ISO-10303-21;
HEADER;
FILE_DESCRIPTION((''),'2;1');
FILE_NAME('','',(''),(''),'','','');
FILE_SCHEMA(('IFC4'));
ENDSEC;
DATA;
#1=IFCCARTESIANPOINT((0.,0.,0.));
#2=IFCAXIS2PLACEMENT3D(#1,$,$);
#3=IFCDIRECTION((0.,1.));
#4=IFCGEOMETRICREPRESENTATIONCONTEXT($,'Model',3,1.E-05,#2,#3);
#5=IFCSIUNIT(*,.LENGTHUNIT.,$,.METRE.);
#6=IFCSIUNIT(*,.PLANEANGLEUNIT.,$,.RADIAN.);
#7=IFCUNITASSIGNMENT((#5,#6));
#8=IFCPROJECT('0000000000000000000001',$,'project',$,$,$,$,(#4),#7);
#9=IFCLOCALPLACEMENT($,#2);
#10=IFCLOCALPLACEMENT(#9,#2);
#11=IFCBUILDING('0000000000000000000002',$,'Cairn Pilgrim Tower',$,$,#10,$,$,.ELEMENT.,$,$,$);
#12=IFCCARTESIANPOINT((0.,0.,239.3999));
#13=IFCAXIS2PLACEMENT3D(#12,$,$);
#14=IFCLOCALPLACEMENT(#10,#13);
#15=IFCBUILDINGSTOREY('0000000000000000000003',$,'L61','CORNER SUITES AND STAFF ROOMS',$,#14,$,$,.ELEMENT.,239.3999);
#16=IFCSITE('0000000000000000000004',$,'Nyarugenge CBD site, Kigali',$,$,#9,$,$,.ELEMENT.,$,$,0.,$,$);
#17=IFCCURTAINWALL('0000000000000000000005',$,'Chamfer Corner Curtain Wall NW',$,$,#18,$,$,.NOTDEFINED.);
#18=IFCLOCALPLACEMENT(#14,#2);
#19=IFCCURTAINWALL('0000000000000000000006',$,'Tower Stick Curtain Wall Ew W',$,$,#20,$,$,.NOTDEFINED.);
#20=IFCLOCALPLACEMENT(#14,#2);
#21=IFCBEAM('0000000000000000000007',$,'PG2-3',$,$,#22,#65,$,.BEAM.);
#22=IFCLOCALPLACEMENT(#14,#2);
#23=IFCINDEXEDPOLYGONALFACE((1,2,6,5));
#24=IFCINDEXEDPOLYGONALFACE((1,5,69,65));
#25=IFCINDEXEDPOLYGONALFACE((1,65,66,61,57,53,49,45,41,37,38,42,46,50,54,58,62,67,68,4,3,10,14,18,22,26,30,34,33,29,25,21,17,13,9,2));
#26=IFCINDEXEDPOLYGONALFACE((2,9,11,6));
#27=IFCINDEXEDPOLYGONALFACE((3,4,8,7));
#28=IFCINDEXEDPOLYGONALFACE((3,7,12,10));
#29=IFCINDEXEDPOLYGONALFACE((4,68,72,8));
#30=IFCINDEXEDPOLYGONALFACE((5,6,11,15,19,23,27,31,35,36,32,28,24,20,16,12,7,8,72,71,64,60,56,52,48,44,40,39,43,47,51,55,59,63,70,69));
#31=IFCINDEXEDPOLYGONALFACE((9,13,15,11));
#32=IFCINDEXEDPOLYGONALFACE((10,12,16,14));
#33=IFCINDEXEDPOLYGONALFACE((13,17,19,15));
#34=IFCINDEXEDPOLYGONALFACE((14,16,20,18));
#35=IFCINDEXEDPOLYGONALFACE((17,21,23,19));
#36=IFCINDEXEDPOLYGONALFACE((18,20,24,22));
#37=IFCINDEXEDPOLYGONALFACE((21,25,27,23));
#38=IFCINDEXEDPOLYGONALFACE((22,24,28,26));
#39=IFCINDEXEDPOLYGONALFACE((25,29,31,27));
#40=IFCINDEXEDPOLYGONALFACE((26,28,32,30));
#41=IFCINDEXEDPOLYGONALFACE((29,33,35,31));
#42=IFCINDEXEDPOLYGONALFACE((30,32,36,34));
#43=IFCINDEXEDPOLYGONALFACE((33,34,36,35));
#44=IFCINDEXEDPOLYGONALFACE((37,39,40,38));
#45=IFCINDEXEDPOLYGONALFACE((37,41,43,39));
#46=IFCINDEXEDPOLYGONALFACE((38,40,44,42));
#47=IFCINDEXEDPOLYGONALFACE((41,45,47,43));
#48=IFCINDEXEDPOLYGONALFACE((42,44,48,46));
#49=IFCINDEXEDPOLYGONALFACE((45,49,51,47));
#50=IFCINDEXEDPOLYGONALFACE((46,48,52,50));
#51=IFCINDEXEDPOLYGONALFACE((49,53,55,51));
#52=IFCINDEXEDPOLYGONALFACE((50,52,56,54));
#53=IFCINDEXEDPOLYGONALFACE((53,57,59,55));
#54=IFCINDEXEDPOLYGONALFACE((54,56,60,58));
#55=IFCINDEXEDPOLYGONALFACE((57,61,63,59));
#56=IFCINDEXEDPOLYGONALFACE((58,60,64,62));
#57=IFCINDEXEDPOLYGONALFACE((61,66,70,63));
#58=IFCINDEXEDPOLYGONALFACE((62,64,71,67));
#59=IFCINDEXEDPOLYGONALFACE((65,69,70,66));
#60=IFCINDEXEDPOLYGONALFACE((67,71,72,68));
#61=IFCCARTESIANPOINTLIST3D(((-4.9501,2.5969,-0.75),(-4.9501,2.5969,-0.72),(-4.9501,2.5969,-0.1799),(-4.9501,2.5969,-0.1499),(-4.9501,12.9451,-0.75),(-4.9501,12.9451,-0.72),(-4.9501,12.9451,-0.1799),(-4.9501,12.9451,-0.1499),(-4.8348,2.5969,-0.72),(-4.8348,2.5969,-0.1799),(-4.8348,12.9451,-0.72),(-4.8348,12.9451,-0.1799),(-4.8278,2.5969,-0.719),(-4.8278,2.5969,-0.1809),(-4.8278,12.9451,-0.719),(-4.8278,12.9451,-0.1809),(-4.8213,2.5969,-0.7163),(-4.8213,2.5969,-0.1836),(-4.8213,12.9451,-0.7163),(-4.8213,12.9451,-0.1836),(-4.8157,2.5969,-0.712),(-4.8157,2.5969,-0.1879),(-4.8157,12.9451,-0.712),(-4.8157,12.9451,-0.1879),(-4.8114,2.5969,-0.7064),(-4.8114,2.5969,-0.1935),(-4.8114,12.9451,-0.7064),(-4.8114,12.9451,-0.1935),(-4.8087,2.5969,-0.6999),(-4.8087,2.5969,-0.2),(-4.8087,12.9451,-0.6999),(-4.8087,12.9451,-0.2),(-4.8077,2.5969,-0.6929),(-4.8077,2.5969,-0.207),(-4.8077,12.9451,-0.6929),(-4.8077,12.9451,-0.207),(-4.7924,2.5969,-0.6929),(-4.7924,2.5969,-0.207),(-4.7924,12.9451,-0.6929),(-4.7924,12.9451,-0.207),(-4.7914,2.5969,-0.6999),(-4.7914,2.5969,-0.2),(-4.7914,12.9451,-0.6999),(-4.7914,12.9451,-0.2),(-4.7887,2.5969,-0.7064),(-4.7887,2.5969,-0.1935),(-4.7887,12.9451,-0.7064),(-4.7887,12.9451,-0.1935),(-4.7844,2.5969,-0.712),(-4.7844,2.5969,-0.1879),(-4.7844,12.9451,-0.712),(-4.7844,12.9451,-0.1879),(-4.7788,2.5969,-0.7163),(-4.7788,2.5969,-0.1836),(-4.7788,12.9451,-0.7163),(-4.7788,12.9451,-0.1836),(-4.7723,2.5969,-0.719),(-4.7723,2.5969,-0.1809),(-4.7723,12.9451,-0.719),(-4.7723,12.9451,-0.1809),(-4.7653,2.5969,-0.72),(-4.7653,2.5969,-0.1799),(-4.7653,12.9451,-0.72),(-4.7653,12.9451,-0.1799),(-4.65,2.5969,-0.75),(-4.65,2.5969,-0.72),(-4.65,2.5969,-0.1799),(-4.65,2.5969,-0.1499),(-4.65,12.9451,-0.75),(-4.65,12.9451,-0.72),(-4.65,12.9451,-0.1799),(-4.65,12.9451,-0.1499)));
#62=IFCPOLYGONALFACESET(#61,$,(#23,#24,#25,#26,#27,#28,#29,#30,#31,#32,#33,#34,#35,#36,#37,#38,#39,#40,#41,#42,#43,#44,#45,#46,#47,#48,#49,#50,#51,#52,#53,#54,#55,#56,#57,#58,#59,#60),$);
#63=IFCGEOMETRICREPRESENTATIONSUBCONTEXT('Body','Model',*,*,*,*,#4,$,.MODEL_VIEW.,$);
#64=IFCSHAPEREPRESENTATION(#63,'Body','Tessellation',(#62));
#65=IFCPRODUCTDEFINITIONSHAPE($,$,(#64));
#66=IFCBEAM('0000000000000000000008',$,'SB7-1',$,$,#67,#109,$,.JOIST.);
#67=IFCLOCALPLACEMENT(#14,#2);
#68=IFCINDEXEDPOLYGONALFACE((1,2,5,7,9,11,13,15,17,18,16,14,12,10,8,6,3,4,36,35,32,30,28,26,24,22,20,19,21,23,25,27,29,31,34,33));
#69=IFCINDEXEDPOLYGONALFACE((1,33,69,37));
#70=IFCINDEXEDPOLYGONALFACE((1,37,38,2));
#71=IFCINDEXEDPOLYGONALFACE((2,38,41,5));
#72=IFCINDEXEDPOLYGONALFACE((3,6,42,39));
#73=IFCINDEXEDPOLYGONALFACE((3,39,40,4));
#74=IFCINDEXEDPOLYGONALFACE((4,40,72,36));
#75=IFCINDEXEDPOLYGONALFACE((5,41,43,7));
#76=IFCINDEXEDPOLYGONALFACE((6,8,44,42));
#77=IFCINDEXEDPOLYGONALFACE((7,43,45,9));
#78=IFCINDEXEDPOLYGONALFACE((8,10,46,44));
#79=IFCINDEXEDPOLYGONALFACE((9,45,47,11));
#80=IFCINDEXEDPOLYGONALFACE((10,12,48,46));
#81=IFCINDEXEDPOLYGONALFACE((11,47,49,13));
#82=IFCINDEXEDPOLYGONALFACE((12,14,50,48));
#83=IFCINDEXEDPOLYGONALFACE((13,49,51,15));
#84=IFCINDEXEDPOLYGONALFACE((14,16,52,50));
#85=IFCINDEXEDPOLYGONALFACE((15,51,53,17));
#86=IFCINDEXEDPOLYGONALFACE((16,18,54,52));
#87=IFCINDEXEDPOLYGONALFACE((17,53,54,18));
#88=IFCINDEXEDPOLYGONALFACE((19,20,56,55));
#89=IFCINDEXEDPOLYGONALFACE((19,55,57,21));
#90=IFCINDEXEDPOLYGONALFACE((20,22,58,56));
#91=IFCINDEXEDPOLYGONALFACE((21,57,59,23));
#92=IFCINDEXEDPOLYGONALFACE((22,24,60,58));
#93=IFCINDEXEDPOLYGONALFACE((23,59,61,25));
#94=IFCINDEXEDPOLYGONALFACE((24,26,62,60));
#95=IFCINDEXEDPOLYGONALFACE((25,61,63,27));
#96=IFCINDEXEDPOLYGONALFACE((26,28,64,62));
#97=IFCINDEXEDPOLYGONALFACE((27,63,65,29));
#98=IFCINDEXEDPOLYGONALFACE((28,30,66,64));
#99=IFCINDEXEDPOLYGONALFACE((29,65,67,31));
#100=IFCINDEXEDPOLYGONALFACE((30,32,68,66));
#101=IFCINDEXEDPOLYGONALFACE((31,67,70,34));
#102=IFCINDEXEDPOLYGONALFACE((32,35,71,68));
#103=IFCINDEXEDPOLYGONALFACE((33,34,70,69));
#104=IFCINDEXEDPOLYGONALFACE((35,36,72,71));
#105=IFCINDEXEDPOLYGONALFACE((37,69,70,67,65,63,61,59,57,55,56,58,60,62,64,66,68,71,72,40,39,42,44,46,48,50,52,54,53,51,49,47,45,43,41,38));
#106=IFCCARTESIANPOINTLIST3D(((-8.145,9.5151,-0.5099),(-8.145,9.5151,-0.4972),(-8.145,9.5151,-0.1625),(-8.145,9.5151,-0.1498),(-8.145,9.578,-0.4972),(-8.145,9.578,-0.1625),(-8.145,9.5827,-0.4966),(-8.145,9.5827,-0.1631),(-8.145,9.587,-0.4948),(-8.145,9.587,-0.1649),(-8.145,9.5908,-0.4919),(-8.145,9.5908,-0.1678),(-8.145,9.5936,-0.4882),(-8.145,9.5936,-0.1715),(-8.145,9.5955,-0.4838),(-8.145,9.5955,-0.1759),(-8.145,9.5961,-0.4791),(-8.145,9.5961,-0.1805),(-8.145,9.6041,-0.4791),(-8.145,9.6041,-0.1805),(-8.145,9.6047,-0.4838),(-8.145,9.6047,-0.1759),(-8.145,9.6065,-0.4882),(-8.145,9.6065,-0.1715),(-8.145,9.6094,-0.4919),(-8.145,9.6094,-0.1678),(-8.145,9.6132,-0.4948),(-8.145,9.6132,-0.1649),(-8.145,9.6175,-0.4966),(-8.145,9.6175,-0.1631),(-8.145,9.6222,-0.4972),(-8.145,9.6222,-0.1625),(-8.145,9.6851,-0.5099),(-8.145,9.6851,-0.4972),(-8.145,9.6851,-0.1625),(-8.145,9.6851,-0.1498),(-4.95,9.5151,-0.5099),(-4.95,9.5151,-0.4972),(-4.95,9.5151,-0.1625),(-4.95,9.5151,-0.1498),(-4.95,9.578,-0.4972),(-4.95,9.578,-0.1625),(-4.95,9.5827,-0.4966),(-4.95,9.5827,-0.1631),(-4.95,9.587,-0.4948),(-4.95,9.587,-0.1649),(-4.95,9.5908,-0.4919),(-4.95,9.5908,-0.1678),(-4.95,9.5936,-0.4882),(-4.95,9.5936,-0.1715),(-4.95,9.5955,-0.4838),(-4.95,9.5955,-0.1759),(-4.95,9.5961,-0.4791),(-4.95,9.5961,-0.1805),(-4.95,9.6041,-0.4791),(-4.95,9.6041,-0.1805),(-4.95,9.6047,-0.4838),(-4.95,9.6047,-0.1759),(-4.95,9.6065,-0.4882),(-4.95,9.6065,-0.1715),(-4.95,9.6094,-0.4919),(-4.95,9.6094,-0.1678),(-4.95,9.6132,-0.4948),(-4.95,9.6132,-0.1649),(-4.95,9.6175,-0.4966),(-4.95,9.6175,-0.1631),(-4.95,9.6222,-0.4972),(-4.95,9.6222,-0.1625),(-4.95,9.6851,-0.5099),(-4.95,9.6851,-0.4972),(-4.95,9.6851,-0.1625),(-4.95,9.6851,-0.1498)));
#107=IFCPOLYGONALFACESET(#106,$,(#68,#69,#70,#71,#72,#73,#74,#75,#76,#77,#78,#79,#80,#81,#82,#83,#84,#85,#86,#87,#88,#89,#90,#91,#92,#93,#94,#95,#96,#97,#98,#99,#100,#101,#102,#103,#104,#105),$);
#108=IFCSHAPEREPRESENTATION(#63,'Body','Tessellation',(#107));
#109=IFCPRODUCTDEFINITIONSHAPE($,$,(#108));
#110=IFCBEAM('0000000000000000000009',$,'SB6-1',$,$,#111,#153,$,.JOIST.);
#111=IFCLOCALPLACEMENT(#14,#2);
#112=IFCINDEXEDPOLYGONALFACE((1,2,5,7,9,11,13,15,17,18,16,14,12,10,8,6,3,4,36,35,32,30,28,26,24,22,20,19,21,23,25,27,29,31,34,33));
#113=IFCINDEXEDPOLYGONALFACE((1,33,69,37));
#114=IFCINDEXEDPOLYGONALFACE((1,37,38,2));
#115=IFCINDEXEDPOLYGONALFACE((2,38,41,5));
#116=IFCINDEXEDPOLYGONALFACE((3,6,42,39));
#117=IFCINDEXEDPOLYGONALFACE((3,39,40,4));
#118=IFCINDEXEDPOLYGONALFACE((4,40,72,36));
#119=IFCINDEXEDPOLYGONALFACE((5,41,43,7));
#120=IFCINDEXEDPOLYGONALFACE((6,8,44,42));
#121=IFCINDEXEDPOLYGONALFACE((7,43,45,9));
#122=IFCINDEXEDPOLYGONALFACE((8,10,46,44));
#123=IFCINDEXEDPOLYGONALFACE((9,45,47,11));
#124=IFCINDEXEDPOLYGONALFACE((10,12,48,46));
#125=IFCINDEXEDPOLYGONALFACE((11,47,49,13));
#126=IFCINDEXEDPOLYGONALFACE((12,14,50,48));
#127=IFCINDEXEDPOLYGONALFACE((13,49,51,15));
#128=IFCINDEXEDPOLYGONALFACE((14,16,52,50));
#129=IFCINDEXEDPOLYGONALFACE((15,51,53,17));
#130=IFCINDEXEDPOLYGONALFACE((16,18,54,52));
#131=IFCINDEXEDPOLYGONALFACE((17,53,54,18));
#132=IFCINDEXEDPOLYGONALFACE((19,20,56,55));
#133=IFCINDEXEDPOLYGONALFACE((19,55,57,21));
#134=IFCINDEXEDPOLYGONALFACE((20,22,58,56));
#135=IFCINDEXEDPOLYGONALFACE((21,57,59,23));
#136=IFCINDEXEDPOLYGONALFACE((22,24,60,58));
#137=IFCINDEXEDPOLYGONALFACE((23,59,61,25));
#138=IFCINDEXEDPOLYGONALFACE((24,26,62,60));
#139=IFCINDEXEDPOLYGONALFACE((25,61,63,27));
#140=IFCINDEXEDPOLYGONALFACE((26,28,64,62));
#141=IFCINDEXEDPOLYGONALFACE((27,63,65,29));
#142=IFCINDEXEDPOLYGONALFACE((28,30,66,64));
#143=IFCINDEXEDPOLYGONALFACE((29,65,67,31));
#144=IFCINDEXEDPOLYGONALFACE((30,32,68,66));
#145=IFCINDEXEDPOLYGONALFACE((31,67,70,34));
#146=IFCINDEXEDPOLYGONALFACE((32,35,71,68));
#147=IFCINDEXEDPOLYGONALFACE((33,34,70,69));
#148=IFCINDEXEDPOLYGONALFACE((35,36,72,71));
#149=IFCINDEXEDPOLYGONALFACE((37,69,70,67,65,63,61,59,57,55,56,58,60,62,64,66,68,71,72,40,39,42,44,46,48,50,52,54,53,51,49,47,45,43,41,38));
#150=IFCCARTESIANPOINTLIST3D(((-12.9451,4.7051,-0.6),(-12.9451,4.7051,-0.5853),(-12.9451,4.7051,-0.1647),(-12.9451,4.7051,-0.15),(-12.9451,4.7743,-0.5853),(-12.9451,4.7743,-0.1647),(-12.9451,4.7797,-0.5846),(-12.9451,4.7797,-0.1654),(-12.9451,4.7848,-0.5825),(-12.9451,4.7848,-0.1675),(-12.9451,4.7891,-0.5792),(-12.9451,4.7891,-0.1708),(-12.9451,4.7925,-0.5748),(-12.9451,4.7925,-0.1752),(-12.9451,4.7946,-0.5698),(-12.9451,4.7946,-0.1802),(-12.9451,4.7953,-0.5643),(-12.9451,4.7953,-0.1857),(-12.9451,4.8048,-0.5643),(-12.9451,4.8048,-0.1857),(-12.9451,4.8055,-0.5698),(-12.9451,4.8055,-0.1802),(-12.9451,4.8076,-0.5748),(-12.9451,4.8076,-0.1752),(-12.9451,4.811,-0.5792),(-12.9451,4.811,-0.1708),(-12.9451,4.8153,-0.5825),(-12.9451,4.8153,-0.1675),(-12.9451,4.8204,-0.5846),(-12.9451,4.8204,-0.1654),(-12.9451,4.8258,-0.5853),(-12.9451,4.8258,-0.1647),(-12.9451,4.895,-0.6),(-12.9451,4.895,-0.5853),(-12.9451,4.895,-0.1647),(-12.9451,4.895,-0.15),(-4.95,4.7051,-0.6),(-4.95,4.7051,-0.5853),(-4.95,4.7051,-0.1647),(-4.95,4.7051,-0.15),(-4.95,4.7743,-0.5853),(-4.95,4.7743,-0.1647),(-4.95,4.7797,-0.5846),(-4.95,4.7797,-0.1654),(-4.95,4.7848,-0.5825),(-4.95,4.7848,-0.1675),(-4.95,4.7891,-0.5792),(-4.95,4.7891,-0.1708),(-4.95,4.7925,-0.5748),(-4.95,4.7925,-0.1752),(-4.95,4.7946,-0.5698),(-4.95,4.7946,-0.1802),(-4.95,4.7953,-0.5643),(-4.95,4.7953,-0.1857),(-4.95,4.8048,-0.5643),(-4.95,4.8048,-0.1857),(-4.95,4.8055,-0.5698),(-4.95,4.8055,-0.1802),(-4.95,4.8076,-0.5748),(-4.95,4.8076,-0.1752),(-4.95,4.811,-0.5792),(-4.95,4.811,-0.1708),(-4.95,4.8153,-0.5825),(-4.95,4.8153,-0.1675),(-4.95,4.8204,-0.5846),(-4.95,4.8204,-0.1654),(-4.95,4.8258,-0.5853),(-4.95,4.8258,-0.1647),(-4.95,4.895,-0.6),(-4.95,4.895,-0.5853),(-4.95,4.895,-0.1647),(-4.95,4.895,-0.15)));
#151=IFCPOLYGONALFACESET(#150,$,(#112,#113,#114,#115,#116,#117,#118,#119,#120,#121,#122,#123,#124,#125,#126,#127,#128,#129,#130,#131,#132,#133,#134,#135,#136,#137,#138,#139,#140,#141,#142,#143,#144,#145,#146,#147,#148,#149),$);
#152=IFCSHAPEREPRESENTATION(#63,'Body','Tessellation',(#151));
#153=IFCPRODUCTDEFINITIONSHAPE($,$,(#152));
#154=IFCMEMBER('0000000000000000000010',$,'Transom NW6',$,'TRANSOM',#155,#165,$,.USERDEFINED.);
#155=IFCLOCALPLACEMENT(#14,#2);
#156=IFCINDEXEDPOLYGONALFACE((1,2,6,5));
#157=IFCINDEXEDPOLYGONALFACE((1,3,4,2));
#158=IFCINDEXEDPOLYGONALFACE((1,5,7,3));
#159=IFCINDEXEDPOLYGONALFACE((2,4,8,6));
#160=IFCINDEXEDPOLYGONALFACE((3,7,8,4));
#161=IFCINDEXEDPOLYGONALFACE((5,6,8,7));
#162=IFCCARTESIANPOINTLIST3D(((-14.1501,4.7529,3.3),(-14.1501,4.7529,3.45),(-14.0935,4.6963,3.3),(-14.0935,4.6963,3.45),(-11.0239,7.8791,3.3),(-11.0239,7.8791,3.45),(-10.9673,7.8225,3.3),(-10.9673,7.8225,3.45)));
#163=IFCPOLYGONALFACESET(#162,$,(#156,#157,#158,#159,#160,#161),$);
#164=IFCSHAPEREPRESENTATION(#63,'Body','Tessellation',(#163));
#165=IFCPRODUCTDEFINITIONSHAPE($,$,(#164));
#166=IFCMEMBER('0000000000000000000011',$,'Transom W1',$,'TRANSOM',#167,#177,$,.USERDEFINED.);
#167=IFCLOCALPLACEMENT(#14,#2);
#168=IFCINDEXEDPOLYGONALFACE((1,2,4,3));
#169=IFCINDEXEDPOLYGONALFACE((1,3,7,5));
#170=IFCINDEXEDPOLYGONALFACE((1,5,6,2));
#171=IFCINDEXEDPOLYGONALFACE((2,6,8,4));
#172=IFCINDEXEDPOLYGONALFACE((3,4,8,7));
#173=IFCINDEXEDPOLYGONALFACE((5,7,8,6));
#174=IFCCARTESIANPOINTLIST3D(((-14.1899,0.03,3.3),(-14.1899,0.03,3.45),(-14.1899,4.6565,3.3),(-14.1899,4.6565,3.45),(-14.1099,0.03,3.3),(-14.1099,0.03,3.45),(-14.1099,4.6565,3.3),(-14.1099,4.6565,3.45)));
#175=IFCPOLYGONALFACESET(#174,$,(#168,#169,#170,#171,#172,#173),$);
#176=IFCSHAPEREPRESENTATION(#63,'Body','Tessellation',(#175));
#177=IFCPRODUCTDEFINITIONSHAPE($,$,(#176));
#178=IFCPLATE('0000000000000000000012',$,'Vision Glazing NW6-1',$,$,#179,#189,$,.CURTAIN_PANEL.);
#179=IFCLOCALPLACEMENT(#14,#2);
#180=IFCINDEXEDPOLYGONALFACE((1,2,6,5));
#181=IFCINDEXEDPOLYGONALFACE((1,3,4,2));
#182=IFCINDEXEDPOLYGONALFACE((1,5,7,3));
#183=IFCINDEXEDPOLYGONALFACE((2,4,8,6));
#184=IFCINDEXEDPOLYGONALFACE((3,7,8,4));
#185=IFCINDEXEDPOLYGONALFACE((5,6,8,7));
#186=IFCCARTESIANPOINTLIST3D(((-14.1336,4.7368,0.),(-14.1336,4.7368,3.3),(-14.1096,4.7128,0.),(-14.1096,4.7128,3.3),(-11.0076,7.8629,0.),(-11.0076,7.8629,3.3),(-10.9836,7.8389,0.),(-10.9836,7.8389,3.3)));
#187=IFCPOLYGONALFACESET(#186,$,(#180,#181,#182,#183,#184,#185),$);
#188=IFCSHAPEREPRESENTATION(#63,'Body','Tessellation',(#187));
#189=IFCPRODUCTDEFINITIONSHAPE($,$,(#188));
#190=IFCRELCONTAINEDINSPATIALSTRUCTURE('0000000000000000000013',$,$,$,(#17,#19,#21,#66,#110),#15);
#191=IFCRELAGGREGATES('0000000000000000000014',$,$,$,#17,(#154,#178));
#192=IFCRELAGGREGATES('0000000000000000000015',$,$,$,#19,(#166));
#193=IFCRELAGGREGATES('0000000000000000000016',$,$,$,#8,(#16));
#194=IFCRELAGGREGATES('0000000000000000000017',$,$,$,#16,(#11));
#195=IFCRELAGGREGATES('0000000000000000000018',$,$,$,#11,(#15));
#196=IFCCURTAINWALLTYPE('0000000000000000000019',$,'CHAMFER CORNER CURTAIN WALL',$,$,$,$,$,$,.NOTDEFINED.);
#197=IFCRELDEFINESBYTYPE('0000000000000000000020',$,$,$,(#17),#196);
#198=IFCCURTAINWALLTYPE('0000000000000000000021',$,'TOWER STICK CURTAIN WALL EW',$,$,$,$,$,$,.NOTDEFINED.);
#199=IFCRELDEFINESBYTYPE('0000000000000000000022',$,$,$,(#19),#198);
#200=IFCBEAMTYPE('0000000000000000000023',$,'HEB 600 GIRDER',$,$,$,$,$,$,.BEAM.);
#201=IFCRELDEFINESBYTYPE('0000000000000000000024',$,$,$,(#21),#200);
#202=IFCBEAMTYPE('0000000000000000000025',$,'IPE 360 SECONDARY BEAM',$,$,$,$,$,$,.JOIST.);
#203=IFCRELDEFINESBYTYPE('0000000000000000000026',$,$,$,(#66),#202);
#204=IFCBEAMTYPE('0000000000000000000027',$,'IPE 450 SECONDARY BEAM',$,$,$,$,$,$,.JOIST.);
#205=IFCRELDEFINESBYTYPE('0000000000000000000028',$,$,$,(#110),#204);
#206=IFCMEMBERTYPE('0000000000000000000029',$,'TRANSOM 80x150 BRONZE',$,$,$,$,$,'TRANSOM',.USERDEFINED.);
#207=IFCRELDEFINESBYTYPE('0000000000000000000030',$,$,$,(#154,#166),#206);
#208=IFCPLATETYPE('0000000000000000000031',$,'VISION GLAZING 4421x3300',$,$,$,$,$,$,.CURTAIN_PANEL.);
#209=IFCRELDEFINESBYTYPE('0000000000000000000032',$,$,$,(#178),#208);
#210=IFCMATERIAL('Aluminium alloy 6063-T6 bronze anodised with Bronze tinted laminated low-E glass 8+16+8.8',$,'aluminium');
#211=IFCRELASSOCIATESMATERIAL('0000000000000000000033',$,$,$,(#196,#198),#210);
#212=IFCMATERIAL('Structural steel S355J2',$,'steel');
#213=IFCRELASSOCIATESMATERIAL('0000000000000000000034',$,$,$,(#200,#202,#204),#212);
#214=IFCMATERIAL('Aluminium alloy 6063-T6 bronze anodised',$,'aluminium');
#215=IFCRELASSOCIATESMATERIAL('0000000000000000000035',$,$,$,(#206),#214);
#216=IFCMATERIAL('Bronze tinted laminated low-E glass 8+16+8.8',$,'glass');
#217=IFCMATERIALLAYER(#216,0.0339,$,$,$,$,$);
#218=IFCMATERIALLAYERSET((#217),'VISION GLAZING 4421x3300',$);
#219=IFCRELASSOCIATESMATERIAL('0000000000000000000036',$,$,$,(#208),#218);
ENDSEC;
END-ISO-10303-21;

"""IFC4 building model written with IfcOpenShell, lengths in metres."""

from ifc_helpers import new_model, si_unit, direction, frame, origin, origin_2d, place, context, subcontext, project, spatial, rectangle, i_section, extrude, material, layer, layer_set, material_profile, profile_set, type_object, element, aggregate, save


model = new_model("IFC4")

# Units and contexts
model_context = context("Model", 3, precision=1e-05, world=origin(), true_north=direction((0.0, 1.0)))
body_context = subcontext(model_context, "Body", "Model", "MODEL_VIEW")
ifc_project = project(units=[si_unit("LENGTHUNIT", "METRE"), si_unit("PLANEANGLEUNIT", "RADIAN")], contexts=[model_context])

# Site, building, storey
site_placement = place(None, origin())
site = spatial("IfcSite", under=ifc_project, at=site_placement, Name="Nyarugenge CBD site, Kigali", CompositionType="ELEMENT", RefElevation=0.0)
building_placement = place(site_placement, origin())
building = spatial("IfcBuilding", under=site, at=building_placement, Name="Cairn Pilgrim Tower", CompositionType="ELEMENT")
storey_placement = place(building_placement, frame((0.0, 0.0, 239.3999)))
storey = spatial("IfcBuildingStorey", under=building, at=storey_placement, Name="L61", Description="CORNER SUITES AND STAFF ROOMS", CompositionType="ELEMENT", Elevation=239.3999)

# Shared definitions
ifc_material_1 = material(Name="Structural steel S355J2", Category="steel")

# Curtain walls
ifc_material_2 = material(Name="Aluminium alloy 6063-T6 bronze anodised with Bronze tinted laminated low-E glass 8+16+8.8", Category="aluminium")
curtain_wall_type_1 = type_object("IfcCurtainWallType", Name="CHAMFER CORNER CURTAIN WALL", PredefinedType="NOTDEFINED", material=ifc_material_2)
curtain_wall_1_placement = place(storey_placement, origin())
curtain_wall_1 = element("IfcCurtainWall", 1, at=curtain_wall_1_placement, inside=storey, type_object=curtain_wall_type_1, Name="Chamfer Corner Curtain Wall NW", PredefinedType="NOTDEFINED")
ifc_material_3 = material(Name="Aluminium alloy 6063-T6 bronze anodised", Category="aluminium")
curtain_wall_type_2 = type_object("IfcCurtainWallType", Name="TOWER STICK CURTAIN WALL EW", PredefinedType="NOTDEFINED", material=ifc_material_2)
curtain_wall_2_placement = place(storey_placement, origin())
curtain_wall_2 = element("IfcCurtainWall", 2, at=curtain_wall_2_placement, inside=storey, type_object=curtain_wall_type_2, Name="Tower Stick Curtain Wall Ew W", PredefinedType="NOTDEFINED")

# Beams
ifc_material_profile_1 = material_profile(ifc_material_1, i_section(OverallWidth=0.3, OverallDepth=0.6001, WebThickness=0.0154, FlangeThickness=0.03, FilletRadius=0.0271, at=origin_2d()), Name="HEB 600")
ifc_profile_set_1 = profile_set([ifc_material_profile_1], Name="Structural steel S355J2")
beam_type_1 = type_object("IfcBeamType", Name="HEB 600 GIRDER", PredefinedType="BEAM", material=ifc_profile_set_1)
beam_1_placement = place(storey_placement, frame((-4.8, 2.5969, -0.45), z_axis=(0.0, 1.0, 0.0), x_axis=(-1.0, 0.0, 0.0)))
element("IfcBeam", 3, at=beam_1_placement, inside=storey, type_object=beam_type_1, Name="PG2-3", PredefinedType="BEAM", context=body_context, shape_type="SweptSolid", body=[
    extrude(i_section(OverallWidth=0.3, OverallDepth=0.6001, WebThickness=0.0154, FlangeThickness=0.03, FilletRadius=0.0271, at=origin_2d()), origin(), (0.0, 0.0, 1.0), 10.3481),
])
ifc_material_profile_2 = material_profile(ifc_material_1, i_section(OverallWidth=0.1699, OverallDepth=0.3601, WebThickness=0.0081, FlangeThickness=0.0127, FilletRadius=0.0181, at=origin_2d()), Name="IPE 360")
ifc_profile_set_2 = profile_set([ifc_material_profile_2], Name="Structural steel S355J2")
beam_type_2 = type_object("IfcBeamType", Name="IPE 360 SECONDARY BEAM", PredefinedType="JOIST", material=ifc_profile_set_2)
beam_2_placement = place(storey_placement, frame((-8.145, 9.6001, -0.3298), z_axis=(1.0, 0.0, 0.0), x_axis=(0.0, 1.0, 0.0)))
element("IfcBeam", 4, at=beam_2_placement, inside=storey, type_object=beam_type_2, Name="SB7-1", PredefinedType="JOIST", context=body_context, shape_type="SweptSolid", body=[
    extrude(i_section(OverallWidth=0.1699, OverallDepth=0.3601, WebThickness=0.0081, FlangeThickness=0.0127, FilletRadius=0.0181, at=origin_2d()), origin(), (0.0, 0.0, 1.0), 3.1951),
])
ifc_material_profile_3 = material_profile(ifc_material_1, i_section(OverallWidth=0.1899, OverallDepth=0.45, WebThickness=0.0095, FlangeThickness=0.0146, FilletRadius=0.021, at=origin_2d()), Name="IPE 450")
ifc_profile_set_3 = profile_set([ifc_material_profile_3], Name="Structural steel S355J2")
beam_type_3 = type_object("IfcBeamType", Name="IPE 450 SECONDARY BEAM", PredefinedType="JOIST", material=ifc_profile_set_3)
beam_3_placement = place(storey_placement, frame((-12.9451, 4.8, -0.375), z_axis=(1.0, 0.0, 0.0), x_axis=(0.0, 1.0, 0.0)))
element("IfcBeam", 5, at=beam_3_placement, inside=storey, type_object=beam_type_3, Name="SB6-1", PredefinedType="JOIST", context=body_context, shape_type="SweptSolid", body=[
    extrude(i_section(OverallWidth=0.1899, OverallDepth=0.45, WebThickness=0.0095, FlangeThickness=0.0146, FilletRadius=0.021, at=origin_2d()), origin(), (0.0, 0.0, 1.0), 7.9951),
])

# Members
ifc_material_profile_4 = material_profile(ifc_material_3, rectangle(XDim=0.0801, YDim=0.1499, at=origin_2d()), Name="TRANSOM 80x150 BRONZE")
ifc_profile_set_4 = profile_set([ifc_material_profile_4], Name="Aluminium alloy 6063-T6 bronze anodised")
member_type_1 = type_object("IfcMemberType", Name="TRANSOM 80x150 BRONZE", ElementType="TRANSOM", PredefinedType="USERDEFINED", material=ifc_profile_set_4)
member_1_placement = place(storey_placement, frame((-10.9956, 7.8508, 3.375), z_axis=(-0.707107, -0.707107, 0.0), x_axis=(0.707107, -0.707107, 0.0)))
member_1 = element("IfcMember", 6, at=member_1_placement, type_object=member_type_1, Name="Transom NW6", ObjectType="TRANSOM", PredefinedType="USERDEFINED", context=body_context, shape_type="SweptSolid", body=[
    extrude(rectangle(XDim=0.0801, YDim=0.1499, at=origin_2d()), origin(), (0.0, 0.0, 1.0), 4.4211),
])
member_2_placement = place(storey_placement, frame((-14.1499, 4.6565, 3.375), z_axis=(0.0, -1.0, 0.0), x_axis=(1.0, 0.0, 0.0)))
member_2 = element("IfcMember", 7, at=member_2_placement, type_object=member_type_1, Name="Transom W1", ObjectType="TRANSOM", PredefinedType="USERDEFINED", context=body_context, shape_type="SweptSolid", body=[
    extrude(rectangle(XDim=0.0801, YDim=0.1499, at=origin_2d()), origin(), (0.0, 0.0, 1.0), 4.6265),
])

# Plate
ifc_material_4 = material(Name="Bronze tinted laminated low-E glass 8+16+8.8", Category="glass")
ifc_layer_1 = layer(ifc_material_4, 0.0339)
ifc_layer_set_1 = layer_set([ifc_layer_1], Name="VISION GLAZING 4421x3300")
plate_type_1 = type_object("IfcPlateType", Name="VISION GLAZING 4421x3300", PredefinedType="CURTAIN_PANEL", material=ifc_layer_set_1)
plate_1_placement = place(storey_placement, frame((-12.5586, 6.2878, 0.0), z_axis=(0.0, 0.0, 1.0), x_axis=(-0.707107, -0.707107, 0.0)))
plate_1 = element("IfcPlate", 8, at=plate_1_placement, type_object=plate_type_1, Name="Vision Glazing NW6-1", PredefinedType="CURTAIN_PANEL", context=body_context, shape_type="SweptSolid", body=[
    extrude(rectangle(XDim=4.4209, YDim=0.0339, at=origin_2d()), origin(), (0.0, 0.0, 1.0), 3.3),
])
aggregate(curtain_wall_1, [member_1, plate_1])
aggregate(curtain_wall_2, [member_2])

save(model, "model.ifc")
